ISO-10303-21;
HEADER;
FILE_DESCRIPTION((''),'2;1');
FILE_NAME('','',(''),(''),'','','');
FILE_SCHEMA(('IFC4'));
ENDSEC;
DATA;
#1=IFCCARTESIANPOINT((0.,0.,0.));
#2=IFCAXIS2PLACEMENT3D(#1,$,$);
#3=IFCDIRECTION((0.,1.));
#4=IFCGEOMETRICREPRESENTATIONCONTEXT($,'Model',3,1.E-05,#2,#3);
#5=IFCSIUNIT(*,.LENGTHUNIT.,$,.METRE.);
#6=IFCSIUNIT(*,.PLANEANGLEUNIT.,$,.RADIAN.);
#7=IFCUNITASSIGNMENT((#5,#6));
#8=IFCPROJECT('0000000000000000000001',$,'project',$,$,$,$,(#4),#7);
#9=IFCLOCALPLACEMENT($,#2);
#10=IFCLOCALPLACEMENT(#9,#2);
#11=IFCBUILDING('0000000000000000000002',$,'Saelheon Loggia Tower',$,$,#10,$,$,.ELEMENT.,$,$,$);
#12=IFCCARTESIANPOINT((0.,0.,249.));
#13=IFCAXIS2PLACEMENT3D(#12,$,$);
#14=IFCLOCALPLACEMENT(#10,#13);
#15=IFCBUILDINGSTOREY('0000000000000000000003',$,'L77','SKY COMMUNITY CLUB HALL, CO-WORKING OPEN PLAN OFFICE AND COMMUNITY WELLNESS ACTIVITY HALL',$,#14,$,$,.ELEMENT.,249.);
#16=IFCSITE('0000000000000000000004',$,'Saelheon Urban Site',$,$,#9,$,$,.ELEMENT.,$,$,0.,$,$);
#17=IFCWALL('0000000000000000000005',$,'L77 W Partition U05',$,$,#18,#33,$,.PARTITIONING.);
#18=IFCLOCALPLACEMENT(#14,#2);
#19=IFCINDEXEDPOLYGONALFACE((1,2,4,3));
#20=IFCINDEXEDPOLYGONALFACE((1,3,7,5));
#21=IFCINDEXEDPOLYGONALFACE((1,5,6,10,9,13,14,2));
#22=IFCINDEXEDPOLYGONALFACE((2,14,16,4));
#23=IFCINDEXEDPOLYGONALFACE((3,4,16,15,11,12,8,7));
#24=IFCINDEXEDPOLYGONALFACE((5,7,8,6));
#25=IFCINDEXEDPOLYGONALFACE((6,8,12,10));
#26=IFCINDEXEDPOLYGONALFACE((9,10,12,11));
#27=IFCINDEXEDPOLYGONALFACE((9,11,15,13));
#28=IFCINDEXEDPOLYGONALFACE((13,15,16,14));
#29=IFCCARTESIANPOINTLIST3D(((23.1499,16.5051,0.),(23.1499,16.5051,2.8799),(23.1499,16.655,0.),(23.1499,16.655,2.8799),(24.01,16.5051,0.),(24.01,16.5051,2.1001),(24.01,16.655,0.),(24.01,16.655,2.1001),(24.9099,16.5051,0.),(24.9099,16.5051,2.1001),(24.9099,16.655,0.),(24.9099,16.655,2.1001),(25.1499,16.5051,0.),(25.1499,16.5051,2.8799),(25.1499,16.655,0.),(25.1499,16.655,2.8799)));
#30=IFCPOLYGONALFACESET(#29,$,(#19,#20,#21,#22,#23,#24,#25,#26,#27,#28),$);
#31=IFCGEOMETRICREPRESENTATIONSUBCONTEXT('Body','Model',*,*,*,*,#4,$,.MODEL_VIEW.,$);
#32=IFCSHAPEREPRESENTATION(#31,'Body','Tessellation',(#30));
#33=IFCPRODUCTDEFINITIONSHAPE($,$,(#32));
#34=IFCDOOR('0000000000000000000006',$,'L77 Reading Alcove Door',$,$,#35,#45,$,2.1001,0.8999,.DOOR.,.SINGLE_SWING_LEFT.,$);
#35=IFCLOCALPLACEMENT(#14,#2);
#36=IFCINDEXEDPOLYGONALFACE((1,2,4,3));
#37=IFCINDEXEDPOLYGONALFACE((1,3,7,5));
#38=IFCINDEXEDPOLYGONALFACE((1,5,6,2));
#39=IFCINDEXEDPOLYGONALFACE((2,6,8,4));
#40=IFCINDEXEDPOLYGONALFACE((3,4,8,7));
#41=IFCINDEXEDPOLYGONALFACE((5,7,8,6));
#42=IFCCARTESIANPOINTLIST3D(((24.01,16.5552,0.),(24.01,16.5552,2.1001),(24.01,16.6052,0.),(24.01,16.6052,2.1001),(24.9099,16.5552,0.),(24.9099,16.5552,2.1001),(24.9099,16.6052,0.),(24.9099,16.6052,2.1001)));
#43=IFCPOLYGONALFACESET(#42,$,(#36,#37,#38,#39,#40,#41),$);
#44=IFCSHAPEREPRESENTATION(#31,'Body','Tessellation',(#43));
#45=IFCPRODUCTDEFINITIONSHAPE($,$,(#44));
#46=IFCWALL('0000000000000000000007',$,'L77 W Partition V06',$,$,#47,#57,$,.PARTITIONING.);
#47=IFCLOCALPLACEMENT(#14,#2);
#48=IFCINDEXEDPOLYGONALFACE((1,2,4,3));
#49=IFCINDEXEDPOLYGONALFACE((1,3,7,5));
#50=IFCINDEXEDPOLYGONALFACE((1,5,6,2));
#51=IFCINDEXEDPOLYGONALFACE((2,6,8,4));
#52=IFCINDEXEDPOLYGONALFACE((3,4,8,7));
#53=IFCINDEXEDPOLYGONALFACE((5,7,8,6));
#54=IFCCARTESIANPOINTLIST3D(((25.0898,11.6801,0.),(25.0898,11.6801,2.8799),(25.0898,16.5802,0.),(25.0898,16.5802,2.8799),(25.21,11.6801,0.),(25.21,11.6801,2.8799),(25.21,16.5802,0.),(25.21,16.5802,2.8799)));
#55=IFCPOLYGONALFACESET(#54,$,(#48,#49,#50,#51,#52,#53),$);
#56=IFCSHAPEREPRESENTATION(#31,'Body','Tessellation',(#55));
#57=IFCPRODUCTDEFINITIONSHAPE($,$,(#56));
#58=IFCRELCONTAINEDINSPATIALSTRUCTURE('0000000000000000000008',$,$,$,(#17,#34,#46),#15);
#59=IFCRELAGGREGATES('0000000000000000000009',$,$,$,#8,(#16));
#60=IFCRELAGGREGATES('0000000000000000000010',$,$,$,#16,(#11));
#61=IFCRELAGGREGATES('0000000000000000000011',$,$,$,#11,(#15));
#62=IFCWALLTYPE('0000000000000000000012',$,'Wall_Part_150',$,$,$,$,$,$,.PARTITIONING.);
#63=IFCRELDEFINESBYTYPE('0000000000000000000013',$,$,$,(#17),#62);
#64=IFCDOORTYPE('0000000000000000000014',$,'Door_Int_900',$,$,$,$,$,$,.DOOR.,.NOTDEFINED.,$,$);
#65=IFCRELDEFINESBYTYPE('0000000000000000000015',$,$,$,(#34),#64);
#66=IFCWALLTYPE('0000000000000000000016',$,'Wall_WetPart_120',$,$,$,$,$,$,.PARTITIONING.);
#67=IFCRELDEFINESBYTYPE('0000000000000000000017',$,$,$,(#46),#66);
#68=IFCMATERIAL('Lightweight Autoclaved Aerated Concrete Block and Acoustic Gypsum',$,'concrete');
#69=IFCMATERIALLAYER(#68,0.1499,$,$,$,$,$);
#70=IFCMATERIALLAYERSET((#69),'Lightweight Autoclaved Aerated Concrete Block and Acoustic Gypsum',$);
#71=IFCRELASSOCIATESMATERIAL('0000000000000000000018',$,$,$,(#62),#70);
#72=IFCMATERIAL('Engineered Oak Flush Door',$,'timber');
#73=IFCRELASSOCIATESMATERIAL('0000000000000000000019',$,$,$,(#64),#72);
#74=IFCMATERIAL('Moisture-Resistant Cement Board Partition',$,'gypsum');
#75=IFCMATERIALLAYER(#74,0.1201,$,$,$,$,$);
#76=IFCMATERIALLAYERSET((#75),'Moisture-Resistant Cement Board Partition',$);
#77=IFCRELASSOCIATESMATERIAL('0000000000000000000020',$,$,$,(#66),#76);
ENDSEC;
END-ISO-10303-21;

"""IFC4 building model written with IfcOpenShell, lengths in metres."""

from ifc_helpers import new_model, si_unit, direction, frame, frame_2d, origin, place, context, subcontext, project, spatial, rectangle, extrude, source, transform, mapped, material, layer, layer_set, type_object, element, fill, save


model = new_model("IFC4")

# Units and contexts
model_context = context("Model", 3, precision=1e-05, world=origin(), true_north=direction((0.0, 1.0)))
body_context = subcontext(model_context, "Body", "Model", "MODEL_VIEW")
ifc_project = project(units=[si_unit("LENGTHUNIT", "METRE"), si_unit("PLANEANGLEUNIT", "RADIAN")], contexts=[model_context])

# Site, building, storey
site_placement = place(None, origin())
site = spatial("IfcSite", under=ifc_project, at=site_placement, Name="Saelheon Urban Site", CompositionType="ELEMENT", RefElevation=0.0)
building_placement = place(site_placement, origin())
building = spatial("IfcBuilding", under=site, at=building_placement, Name="Saelheon Loggia Tower", CompositionType="ELEMENT")
storey_placement = place(building_placement, frame((0.0, 0.0, 249.0)))
storey = spatial("IfcBuildingStorey", under=building, at=storey_placement, Name="L77", Description="SKY COMMUNITY CLUB HALL, CO-WORKING OPEN PLAN OFFICE AND COMMUNITY WELLNESS ACTIVITY HALL", CompositionType="ELEMENT", Elevation=249.0)

# Wall, opening, door
ifc_material_1 = material(Name="Lightweight Autoclaved Aerated Concrete Block and Acoustic Gypsum", Category="concrete")
ifc_layer_1 = layer(ifc_material_1, 0.1499)
ifc_layer_set_1 = layer_set([ifc_layer_1], Name="Lightweight Autoclaved Aerated Concrete Block and Acoustic Gypsum")
wall_type_1 = type_object("IfcWallType", Name="Wall_Part_150", PredefinedType="PARTITIONING", material=ifc_layer_set_1)
wall_1_placement = place(storey_placement, frame((25.1499, 16.5801, 0.0), z_axis=(0.0, 0.0, 1.0), x_axis=(-1.0, 0.0, 0.0)))
wall_1 = element("IfcWall", 1, at=wall_1_placement, inside=storey, type_object=wall_type_1, Name="L77 W Partition U05", PredefinedType="PARTITIONING", context=body_context, shape_type="SweptSolid", body=[
    extrude(rectangle(XDim=2.0, YDim=0.1499, at=frame_2d((1.0, 0.0))), origin(), (0.0, 0.0, 1.0), 2.8799),
])
opening_1_placement = place(wall_1_placement, frame((0.24, 0.0, 0.0)))
opening_1 = element("IfcOpeningElement", 2, at=opening_1_placement, cuts=wall_1, PredefinedType="OPENING", context=body_context, shape_type="SweptSolid", body=[
    extrude(rectangle(XDim=0.8999, YDim=2.1001, at=frame_2d((0.45, 1.05))), frame((0.0, 0.0869, 0.0), z_axis=(0.0, -1.0, 0.0), x_axis=(1.0, 0.0, 0.0)), (0.0, 0.0, 1.0), 0.1738),
])
ifc_material_2 = material(Name="Engineered Oak Flush Door", Category="timber")
door_type_1 = type_object("IfcDoorType", Name="Door_Int_900", OperationType="NOTDEFINED", PredefinedType="DOOR", material=ifc_material_2)
shared_shape_1 = source(origin(), body_context, "Body", "SweptSolid", [
    extrude(rectangle(XDim=0.8999, YDim=2.1001, at=frame_2d((0.45, 1.05))), frame((0.0, 0.0249, 0.0), z_axis=(0.0, -1.0, 0.0), x_axis=(1.0, 0.0, 0.0)), (0.0, 0.0, 1.0), 0.05),
])
door_1_placement = place(opening_1_placement, origin())
door_1 = element("IfcDoor", 3, at=door_1_placement, inside=storey, type_object=door_type_1, Name="L77 Reading Alcove Door", OperationType="SINGLE_SWING_LEFT", OverallHeight=2.1001, OverallWidth=0.8999, PredefinedType="DOOR", context=body_context, shape_type="MappedRepresentation", body=[
    mapped(shared_shape_1, transform((0.0, 0.0, 0.0), scale=1.0)),
])
fill(opening_1, door_1)

# Wall
ifc_material_3 = material(Name="Moisture-Resistant Cement Board Partition", Category="gypsum")
ifc_layer_2 = layer(ifc_material_3, 0.1201)
ifc_layer_set_2 = layer_set([ifc_layer_2], Name="Moisture-Resistant Cement Board Partition")
wall_type_2 = type_object("IfcWallType", Name="Wall_WetPart_120", PredefinedType="PARTITIONING", material=ifc_layer_set_2)
wall_2_placement = place(storey_placement, frame((25.1499, 11.6799, 0.0), z_axis=(0.0, 0.0, 1.0), x_axis=(0.0, 1.0, 0.0)))
element("IfcWall", 4, at=wall_2_placement, inside=storey, type_object=wall_type_2, Name="L77 W Partition V06", PredefinedType="PARTITIONING", context=body_context, shape_type="SweptSolid", body=[
    extrude(rectangle(XDim=4.9001, YDim=0.1201, at=frame_2d((2.4502, 0.0))), origin(), (0.0, 0.0, 1.0), 2.8799),
])

save(model, "model.ifc")
